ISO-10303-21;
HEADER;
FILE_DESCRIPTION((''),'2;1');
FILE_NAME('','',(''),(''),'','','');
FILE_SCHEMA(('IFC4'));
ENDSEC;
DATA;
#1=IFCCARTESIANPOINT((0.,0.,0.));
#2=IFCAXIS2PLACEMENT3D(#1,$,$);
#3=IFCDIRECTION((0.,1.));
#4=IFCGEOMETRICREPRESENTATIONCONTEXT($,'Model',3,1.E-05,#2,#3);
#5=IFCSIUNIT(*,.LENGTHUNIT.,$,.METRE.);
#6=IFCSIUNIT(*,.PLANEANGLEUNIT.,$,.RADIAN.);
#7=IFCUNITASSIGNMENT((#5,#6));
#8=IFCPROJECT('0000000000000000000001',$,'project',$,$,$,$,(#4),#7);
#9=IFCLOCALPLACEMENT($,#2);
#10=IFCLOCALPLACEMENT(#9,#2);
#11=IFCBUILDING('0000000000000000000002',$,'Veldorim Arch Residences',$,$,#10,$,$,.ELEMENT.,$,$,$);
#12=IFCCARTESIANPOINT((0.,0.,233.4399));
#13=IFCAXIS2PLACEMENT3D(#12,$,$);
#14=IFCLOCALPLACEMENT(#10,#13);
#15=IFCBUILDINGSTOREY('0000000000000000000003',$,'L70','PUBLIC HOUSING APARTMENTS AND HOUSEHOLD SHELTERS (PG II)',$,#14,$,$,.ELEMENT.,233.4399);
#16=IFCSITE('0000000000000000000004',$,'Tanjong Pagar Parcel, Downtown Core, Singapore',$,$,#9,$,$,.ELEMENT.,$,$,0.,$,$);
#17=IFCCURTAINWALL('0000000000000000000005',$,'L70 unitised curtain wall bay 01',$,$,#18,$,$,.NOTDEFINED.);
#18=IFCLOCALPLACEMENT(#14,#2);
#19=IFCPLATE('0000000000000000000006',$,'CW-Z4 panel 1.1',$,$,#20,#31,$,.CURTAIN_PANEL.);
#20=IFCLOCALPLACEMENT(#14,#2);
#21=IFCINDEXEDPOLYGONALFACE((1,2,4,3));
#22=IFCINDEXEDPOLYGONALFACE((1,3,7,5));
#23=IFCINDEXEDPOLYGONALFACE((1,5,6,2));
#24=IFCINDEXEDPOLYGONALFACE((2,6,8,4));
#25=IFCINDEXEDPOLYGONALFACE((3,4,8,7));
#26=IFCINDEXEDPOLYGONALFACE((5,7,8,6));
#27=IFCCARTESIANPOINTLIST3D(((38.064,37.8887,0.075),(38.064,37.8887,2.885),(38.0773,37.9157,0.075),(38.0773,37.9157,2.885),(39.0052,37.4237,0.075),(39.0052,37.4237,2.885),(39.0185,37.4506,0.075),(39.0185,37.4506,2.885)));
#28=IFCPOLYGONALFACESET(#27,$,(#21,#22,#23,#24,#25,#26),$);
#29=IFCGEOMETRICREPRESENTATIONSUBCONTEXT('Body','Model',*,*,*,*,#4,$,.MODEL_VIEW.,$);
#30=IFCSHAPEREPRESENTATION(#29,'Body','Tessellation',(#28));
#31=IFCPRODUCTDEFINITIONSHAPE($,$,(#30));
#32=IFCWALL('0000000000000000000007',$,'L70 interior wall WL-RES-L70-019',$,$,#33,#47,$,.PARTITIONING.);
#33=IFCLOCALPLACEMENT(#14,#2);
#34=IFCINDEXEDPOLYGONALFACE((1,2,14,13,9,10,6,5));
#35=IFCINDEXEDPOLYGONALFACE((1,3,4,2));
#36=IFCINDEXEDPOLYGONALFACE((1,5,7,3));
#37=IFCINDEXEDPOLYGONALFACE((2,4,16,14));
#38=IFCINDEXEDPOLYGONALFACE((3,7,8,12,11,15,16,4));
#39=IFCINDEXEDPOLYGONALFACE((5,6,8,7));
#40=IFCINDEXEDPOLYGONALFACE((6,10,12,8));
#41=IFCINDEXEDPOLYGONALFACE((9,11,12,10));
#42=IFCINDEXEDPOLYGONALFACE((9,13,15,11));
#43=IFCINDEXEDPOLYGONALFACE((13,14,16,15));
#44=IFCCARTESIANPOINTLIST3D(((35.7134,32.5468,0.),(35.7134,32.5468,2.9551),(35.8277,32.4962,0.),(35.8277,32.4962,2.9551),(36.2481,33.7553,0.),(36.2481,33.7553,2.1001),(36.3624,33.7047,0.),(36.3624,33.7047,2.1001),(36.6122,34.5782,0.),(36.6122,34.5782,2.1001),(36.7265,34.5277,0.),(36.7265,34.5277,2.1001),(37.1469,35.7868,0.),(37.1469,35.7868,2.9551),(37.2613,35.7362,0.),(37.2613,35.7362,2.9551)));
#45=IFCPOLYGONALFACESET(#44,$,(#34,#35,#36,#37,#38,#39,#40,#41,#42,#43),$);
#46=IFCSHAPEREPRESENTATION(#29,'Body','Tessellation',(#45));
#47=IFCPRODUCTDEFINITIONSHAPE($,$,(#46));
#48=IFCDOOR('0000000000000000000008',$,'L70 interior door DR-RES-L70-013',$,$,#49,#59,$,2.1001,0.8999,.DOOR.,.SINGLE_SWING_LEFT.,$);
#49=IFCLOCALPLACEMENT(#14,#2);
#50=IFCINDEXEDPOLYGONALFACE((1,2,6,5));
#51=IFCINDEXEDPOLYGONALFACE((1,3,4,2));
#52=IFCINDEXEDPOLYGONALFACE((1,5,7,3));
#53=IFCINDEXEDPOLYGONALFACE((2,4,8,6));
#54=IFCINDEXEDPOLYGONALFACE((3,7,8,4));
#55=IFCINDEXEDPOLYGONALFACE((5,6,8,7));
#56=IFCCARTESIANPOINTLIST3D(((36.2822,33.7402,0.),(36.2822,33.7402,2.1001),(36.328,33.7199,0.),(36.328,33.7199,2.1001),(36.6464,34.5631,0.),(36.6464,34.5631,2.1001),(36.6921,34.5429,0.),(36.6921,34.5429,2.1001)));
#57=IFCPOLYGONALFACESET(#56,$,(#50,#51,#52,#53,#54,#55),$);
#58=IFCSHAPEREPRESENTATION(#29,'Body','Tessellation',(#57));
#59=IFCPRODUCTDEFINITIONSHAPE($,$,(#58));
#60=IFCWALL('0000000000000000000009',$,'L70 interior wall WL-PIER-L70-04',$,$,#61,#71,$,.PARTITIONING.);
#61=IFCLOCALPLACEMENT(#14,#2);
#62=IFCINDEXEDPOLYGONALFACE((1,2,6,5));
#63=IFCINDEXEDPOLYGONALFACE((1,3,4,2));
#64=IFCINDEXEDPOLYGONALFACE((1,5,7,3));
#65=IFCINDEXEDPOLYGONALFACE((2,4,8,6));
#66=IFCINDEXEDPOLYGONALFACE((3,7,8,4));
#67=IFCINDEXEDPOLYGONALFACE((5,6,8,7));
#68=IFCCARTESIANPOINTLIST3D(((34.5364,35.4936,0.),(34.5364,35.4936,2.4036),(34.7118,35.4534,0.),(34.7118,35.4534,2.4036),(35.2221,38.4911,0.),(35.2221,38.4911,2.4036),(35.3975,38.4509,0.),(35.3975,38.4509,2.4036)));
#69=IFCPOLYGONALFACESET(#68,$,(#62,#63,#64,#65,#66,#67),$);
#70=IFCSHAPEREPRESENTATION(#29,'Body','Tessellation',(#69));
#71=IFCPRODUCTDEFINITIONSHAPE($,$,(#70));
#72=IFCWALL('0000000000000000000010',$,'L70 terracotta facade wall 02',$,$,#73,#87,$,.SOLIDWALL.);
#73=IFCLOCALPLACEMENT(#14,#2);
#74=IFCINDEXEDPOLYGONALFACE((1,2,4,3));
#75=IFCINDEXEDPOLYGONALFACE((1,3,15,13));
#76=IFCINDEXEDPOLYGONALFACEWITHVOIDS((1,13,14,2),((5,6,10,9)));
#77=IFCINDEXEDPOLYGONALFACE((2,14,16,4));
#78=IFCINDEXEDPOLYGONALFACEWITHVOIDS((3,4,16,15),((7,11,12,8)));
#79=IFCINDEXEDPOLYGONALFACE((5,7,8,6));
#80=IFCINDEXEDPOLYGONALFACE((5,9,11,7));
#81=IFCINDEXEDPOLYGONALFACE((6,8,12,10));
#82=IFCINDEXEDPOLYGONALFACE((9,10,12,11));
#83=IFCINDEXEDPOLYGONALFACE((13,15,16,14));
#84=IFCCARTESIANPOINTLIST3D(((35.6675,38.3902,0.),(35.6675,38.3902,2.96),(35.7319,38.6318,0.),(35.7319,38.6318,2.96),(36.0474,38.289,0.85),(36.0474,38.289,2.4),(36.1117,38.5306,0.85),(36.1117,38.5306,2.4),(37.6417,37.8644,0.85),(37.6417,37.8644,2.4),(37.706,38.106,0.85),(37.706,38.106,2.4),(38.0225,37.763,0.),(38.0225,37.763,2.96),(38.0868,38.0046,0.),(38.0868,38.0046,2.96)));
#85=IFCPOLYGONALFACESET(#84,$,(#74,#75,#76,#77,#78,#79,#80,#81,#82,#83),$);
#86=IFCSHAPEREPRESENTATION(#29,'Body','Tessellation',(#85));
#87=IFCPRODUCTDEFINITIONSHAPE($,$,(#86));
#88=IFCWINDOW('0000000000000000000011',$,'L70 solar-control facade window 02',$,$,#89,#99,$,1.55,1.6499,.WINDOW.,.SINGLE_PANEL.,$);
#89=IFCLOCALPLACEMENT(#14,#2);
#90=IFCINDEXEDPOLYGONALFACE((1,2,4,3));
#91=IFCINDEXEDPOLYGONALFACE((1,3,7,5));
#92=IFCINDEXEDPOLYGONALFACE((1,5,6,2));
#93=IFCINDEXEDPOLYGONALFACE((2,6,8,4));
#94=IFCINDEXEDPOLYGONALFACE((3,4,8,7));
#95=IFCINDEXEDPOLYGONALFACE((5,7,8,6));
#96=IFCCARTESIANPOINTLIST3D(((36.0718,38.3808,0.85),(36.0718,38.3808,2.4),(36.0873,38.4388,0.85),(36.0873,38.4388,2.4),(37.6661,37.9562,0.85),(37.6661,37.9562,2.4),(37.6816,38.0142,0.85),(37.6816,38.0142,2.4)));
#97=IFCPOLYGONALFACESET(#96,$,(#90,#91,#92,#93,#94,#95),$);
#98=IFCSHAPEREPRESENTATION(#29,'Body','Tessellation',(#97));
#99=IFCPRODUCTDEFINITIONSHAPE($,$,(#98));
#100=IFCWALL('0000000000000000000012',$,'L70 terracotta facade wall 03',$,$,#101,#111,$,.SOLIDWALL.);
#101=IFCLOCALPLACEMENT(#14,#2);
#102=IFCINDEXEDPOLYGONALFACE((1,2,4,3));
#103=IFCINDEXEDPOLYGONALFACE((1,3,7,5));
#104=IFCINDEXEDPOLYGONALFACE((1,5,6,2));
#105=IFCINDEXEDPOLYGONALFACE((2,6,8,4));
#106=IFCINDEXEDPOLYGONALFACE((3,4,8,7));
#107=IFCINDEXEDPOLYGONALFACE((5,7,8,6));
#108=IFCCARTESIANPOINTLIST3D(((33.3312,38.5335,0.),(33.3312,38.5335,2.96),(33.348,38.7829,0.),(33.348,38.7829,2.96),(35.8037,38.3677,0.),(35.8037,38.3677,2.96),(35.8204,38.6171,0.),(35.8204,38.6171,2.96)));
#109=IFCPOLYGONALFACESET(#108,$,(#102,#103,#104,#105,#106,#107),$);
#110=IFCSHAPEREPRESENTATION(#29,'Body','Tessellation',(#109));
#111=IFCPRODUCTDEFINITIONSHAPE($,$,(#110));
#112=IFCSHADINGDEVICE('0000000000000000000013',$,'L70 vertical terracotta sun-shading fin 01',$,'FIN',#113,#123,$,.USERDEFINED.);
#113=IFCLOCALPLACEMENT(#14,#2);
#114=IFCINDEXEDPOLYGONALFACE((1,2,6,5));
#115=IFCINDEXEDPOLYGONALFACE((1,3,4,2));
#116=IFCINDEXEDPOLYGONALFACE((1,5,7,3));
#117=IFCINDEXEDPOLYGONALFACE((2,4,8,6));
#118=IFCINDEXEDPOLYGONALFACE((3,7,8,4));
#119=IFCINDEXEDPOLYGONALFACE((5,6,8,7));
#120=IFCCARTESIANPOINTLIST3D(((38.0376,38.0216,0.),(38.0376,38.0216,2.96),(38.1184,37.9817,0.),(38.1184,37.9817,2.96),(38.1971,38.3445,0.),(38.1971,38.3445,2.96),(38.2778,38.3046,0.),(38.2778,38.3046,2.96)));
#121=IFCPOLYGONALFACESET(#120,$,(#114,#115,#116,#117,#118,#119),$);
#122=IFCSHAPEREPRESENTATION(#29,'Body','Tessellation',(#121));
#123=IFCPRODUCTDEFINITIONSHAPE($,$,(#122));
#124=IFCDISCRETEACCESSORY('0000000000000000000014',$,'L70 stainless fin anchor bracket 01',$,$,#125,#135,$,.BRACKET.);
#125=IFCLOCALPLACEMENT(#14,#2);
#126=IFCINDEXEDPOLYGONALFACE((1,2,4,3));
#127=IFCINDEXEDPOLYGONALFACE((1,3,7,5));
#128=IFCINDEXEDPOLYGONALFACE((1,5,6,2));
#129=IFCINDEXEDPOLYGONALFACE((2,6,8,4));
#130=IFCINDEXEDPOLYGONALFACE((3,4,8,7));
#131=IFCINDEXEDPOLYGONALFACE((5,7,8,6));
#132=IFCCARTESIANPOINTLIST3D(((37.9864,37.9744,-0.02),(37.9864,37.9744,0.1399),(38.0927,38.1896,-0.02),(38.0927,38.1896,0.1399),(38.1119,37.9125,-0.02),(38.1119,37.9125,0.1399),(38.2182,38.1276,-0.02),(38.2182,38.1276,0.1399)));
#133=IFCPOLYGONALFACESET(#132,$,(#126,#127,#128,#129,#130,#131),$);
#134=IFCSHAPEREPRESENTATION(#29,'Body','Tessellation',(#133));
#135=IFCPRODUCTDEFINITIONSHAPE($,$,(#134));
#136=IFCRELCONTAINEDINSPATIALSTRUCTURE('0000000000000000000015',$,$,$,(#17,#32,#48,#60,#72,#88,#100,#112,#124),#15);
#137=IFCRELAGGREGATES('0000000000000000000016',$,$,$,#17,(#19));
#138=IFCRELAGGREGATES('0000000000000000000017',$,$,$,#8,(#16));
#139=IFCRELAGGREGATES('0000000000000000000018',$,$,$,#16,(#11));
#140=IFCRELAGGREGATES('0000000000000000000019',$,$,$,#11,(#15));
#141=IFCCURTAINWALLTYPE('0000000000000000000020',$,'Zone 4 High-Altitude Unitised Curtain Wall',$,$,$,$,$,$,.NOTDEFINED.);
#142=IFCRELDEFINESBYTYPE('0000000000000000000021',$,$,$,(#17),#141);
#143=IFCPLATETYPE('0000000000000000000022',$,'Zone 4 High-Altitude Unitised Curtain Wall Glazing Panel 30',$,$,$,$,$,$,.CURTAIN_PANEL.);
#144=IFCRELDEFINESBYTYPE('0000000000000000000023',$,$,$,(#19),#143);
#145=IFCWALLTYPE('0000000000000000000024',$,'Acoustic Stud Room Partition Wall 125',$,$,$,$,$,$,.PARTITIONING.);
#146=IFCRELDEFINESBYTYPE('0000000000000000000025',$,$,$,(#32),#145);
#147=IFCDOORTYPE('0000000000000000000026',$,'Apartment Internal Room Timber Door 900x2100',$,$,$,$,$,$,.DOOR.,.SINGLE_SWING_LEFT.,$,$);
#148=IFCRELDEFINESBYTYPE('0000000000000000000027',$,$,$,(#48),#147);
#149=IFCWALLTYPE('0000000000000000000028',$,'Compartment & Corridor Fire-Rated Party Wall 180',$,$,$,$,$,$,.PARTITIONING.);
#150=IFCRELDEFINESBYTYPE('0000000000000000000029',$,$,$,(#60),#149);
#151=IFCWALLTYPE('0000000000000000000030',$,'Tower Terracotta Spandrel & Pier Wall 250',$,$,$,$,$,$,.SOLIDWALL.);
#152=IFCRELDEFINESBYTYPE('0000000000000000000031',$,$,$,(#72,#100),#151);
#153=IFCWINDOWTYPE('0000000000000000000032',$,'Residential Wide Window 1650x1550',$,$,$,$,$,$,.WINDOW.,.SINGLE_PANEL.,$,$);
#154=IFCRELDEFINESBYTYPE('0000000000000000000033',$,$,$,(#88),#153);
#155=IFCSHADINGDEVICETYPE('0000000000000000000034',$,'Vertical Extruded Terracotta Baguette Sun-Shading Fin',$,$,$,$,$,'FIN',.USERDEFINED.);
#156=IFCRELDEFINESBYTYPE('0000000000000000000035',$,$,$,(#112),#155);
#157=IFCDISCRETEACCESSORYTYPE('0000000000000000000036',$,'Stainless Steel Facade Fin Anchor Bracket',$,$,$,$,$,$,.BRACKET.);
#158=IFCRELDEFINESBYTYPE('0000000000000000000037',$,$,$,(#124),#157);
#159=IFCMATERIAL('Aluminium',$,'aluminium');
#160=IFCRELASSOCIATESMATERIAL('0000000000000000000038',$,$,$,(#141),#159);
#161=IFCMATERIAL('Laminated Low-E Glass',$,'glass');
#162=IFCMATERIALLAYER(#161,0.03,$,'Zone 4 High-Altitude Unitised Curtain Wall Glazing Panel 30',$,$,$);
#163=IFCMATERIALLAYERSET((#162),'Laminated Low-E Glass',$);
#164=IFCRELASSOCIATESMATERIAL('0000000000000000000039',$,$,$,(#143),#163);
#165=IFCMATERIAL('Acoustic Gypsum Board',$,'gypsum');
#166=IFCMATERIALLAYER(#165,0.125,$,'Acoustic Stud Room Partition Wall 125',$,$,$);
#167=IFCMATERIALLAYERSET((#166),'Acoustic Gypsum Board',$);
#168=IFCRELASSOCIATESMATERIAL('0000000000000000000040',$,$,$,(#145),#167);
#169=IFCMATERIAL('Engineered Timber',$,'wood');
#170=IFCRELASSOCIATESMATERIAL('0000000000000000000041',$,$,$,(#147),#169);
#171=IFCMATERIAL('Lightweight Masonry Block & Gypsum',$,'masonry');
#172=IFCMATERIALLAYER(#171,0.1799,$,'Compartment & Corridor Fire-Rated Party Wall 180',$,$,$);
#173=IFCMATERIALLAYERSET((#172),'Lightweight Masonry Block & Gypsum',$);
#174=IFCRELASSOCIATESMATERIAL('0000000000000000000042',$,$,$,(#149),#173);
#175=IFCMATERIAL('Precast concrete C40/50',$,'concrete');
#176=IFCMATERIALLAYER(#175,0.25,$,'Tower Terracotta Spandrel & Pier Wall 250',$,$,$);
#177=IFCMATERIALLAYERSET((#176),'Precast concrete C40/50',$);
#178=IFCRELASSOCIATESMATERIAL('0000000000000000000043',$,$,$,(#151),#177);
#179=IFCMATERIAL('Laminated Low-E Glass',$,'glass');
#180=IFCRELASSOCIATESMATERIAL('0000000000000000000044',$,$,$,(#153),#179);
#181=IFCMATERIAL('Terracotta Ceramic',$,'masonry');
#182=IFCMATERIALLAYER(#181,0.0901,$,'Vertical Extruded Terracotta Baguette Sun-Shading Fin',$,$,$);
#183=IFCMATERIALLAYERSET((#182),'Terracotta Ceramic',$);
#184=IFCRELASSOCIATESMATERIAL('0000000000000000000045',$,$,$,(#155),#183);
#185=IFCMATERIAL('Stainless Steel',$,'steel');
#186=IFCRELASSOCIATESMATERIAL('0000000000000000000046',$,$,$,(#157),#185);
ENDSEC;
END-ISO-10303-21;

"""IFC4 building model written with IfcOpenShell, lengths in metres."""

from ifc_helpers import new_model, si_unit, direction, frame, frame_2d, origin, origin_2d, place, context, subcontext, project, spatial, rectangle, extrude, material, layer, layer_set, type_object, element, fill, aggregate, save


model = new_model("IFC4")

# Units and contexts
model_context = context("Model", 3, precision=1e-05, world=origin(), true_north=direction((0.0, 1.0)))
body_context = subcontext(model_context, "Body", "Model", "MODEL_VIEW")
ifc_project = project(units=[si_unit("LENGTHUNIT", "METRE"), si_unit("PLANEANGLEUNIT", "RADIAN")], contexts=[model_context])

# Site, building, storey
site_placement = place(None, origin())
site = spatial("IfcSite", under=ifc_project, at=site_placement, Name="Tanjong Pagar Parcel, Downtown Core, Singapore", CompositionType="ELEMENT", RefElevation=0.0)
building_placement = place(site_placement, origin())
building = spatial("IfcBuilding", under=site, at=building_placement, Name="Veldorim Arch Residences", CompositionType="ELEMENT")
storey_placement = place(building_placement, frame((0.0, 0.0, 233.4399)))
storey = spatial("IfcBuildingStorey", under=building, at=storey_placement, Name="L70", Description="PUBLIC HOUSING APARTMENTS AND HOUSEHOLD SHELTERS (PG II)", CompositionType="ELEMENT", Elevation=233.4399)

# Curtain wall, plate
ifc_material_1 = material(Name="Aluminium", Category="aluminium")
curtain_wall_type = type_object("IfcCurtainWallType", Name="Zone 4 High-Altitude Unitised Curtain Wall", PredefinedType="NOTDEFINED", material=ifc_material_1)
curtain_wall_placement = place(storey_placement, origin())
curtain_wall = element("IfcCurtainWall", 1, at=curtain_wall_placement, inside=storey, type_object=curtain_wall_type, Name="L70 unitised curtain wall bay 01", PredefinedType="NOTDEFINED")
ifc_material_2 = material(Name="Laminated Low-E Glass", Category="glass")
ifc_layer_1 = layer(ifc_material_2, 0.03, Name="Zone 4 High-Altitude Unitised Curtain Wall Glazing Panel 30")
ifc_layer_set_1 = layer_set([ifc_layer_1], Name="Laminated Low-E Glass")
plate_type = type_object("IfcPlateType", Name="Zone 4 High-Altitude Unitised Curtain Wall Glazing Panel 30", PredefinedType="CURTAIN_PANEL", material=ifc_layer_set_1)
plate_placement = place(storey_placement, frame((38.5413, 37.6697, 0.075), z_axis=(0.0, 0.0, 1.0), x_axis=(0.896525, -0.442993, 0.0)))
plate = element("IfcPlate", 2, at=plate_placement, type_object=plate_type, Name="CW-Z4 panel 1.1", PredefinedType="CURTAIN_PANEL", context=body_context, shape_type="SweptSolid", body=[
    extrude(rectangle(XDim=1.0498, YDim=0.03, at=origin_2d()), origin(), (0.0, 0.0, 1.0), 2.8101),
])
aggregate(curtain_wall, [plate])

# Wall, opening, door
ifc_material_3 = material(Name="Acoustic Gypsum Board", Category="gypsum")
ifc_layer_2 = layer(ifc_material_3, 0.125, Name="Acoustic Stud Room Partition Wall 125")
ifc_layer_set_2 = layer_set([ifc_layer_2], Name="Acoustic Gypsum Board")
wall_type_1 = type_object("IfcWallType", Name="Acoustic Stud Room Partition Wall 125", PredefinedType="PARTITIONING", material=ifc_layer_set_2)
wall_1_placement = place(storey_placement, frame((37.2041, 35.7615, 0.0), z_axis=(0.0, 0.0, 1.0), x_axis=(-0.404629, -0.914481, 0.0)))
wall_1 = element("IfcWall", 3, at=wall_1_placement, inside=storey, type_object=wall_type_1, Name="L70 interior wall WL-RES-L70-019", PredefinedType="PARTITIONING", context=body_context, shape_type="SweptSolid", body=[
    extrude(rectangle(XDim=3.543, YDim=0.125, at=frame_2d((1.7715, 0.0))), origin(), (0.0, 0.0, 1.0), 2.9551),
])
opening_1_placement = place(wall_1_placement, frame((1.3215, 0.0, 0.0)))
opening_1 = element("IfcOpeningElement", 4, at=opening_1_placement, cuts=wall_1, PredefinedType="OPENING", context=body_context, shape_type="SweptSolid", body=[
    extrude(rectangle(XDim=0.8999, YDim=2.1001, at=frame_2d((0.45, 1.05))), frame((0.0, 0.0725, 0.0), z_axis=(0.0, -1.0, 0.0), x_axis=(1.0, 0.0, 0.0)), (0.0, 0.0, 1.0), 0.145),
])
ifc_material_4 = material(Name="Engineered Timber", Category="wood")
door_type = type_object("IfcDoorType", Name="Apartment Internal Room Timber Door 900x2100", OperationType="SINGLE_SWING_LEFT", PredefinedType="DOOR", material=ifc_material_4)
door_placement = place(opening_1_placement, origin())
door = element("IfcDoor", 5, at=door_placement, inside=storey, type_object=door_type, Name="L70 interior door DR-RES-L70-013", OperationType="SINGLE_SWING_LEFT", OverallHeight=2.1001, OverallWidth=0.8999, PredefinedType="DOOR", context=body_context, shape_type="SweptSolid", body=[
    extrude(rectangle(XDim=0.8999, YDim=2.1001, at=frame_2d((0.45, 1.05))), frame((0.0, 0.0249, 0.0), z_axis=(0.0, -1.0, 0.0), x_axis=(1.0, 0.0, 0.0)), (0.0, 0.0, 1.0), 0.05),
])
fill(opening_1, door)

# Wall
ifc_material_5 = material(Name="Lightweight Masonry Block & Gypsum", Category="masonry")
ifc_layer_3 = layer(ifc_material_5, 0.1799, Name="Compartment & Corridor Fire-Rated Party Wall 180")
ifc_layer_set_3 = layer_set([ifc_layer_3], Name="Lightweight Masonry Block & Gypsum")
wall_type_2 = type_object("IfcWallType", Name="Compartment & Corridor Fire-Rated Party Wall 180", PredefinedType="PARTITIONING", material=ifc_layer_set_3)
wall_2_placement = place(storey_placement, frame((34.624, 35.4734, 0.0), z_axis=(0.0, 0.0, 1.0), x_axis=(0.223021, 0.974814, 0.0)))
element("IfcWall", 6, at=wall_2_placement, inside=storey, type_object=wall_type_2, Name="L70 interior wall WL-PIER-L70-04", PredefinedType="PARTITIONING", context=body_context, shape_type="SweptSolid", body=[
    extrude(rectangle(XDim=3.075, YDim=0.1799, at=frame_2d((1.5376, 0.0))), origin(), (0.0, 0.0, 1.0), 2.4036),
])

# Wall, opening, window
ifc_material_6 = material(Name="Precast concrete C40/50", Category="concrete")
ifc_layer_4 = layer(ifc_material_6, 0.25, Name="Tower Terracotta Spandrel & Pier Wall 250")
ifc_layer_set_4 = layer_set([ifc_layer_4], Name="Precast concrete C40/50")
wall_type_3 = type_object("IfcWallType", Name="Tower Terracotta Spandrel & Pier Wall 250", PredefinedType="SOLIDWALL", material=ifc_layer_set_4)
wall_3_placement = place(storey_placement, frame((35.6997, 38.511, 0.0), z_axis=(0.0, 0.0, 1.0), x_axis=(0.966316, -0.257357, 0.0)))
wall_3 = element("IfcWall", 7, at=wall_3_placement, inside=storey, type_object=wall_type_3, Name="L70 terracotta facade wall 02", PredefinedType="SOLIDWALL", context=body_context, shape_type="SweptSolid", body=[
    extrude(rectangle(XDim=2.437, YDim=0.25, at=frame_2d((1.2185, 0.0))), origin(), (0.0, 0.0, 1.0), 2.96),
])
opening_2_placement = place(wall_3_placement, frame((0.3931, 0.0, 0.8501)))
opening_2 = element("IfcOpeningElement", 8, at=opening_2_placement, cuts=wall_3, PredefinedType="OPENING", context=body_context, shape_type="SweptSolid", body=[
    extrude(rectangle(XDim=1.6499, YDim=1.55, at=frame_2d((0.825, 0.7749))), frame((0.0, 0.135, 0.0), z_axis=(0.0, -1.0, 0.0), x_axis=(1.0, 0.0, 0.0)), (0.0, 0.0, 1.0), 0.27),
])
ifc_material_7 = material(Name="Laminated Low-E Glass", Category="glass")
window_type = type_object("IfcWindowType", Name="Residential Wide Window 1650x1550", PartitioningType="SINGLE_PANEL", PredefinedType="WINDOW", material=ifc_material_7)
window_placement = place(opening_2_placement, origin())
window = element("IfcWindow", 9, at=window_placement, inside=storey, type_object=window_type, Name="L70 solar-control facade window 02", OverallHeight=1.55, OverallWidth=1.6499, PartitioningType="SINGLE_PANEL", PredefinedType="WINDOW", context=body_context, shape_type="SweptSolid", body=[
    extrude(rectangle(XDim=1.6499, YDim=1.55, at=frame_2d((0.825, 0.7749))), frame((0.0, 0.03, 0.0), z_axis=(0.0, -1.0, 0.0), x_axis=(1.0, 0.0, 0.0)), (0.0, 0.0, 1.0), 0.0601),
])
fill(opening_2, window)

# Wall
wall_4_placement = place(storey_placement, frame((33.3396, 38.6582, 0.0), z_axis=(0.0, 0.0, 1.0), x_axis=(0.99776, -0.066898, 0.0)))
element("IfcWall", 10, at=wall_4_placement, inside=storey, type_object=wall_type_3, Name="L70 terracotta facade wall 03", PredefinedType="SOLIDWALL", context=body_context, shape_type="SweptSolid", body=[
    extrude(rectangle(XDim=2.478, YDim=0.25, at=frame_2d((1.239, 0.0))), origin(), (0.0, 0.0, 1.0), 2.96),
])

# Shading device
ifc_material_8 = material(Name="Terracotta Ceramic", Category="masonry")
ifc_layer_5 = layer(ifc_material_8, 0.0901, Name="Vertical Extruded Terracotta Baguette Sun-Shading Fin")
ifc_layer_set_5 = layer_set([ifc_layer_5], Name="Terracotta Ceramic")
shading_device_type = type_object("IfcShadingDeviceType", Name="Vertical Extruded Terracotta Baguette Sun-Shading Fin", ElementType="FIN", PredefinedType="USERDEFINED", material=ifc_layer_set_5)
shading_device_placement = place(storey_placement, frame((38.1577, 38.1631, 0.0), z_axis=(0.0, 0.0, 1.0), x_axis=(0.896564, -0.442915, 0.0)))
element("IfcShadingDevice", 11, at=shading_device_placement, inside=storey, type_object=shading_device_type, Name="L70 vertical terracotta sun-shading fin 01", ObjectType="FIN", PredefinedType="USERDEFINED", context=body_context, shape_type="SweptSolid", body=[
    extrude(rectangle(XDim=0.0901, YDim=0.3601, at=origin_2d()), origin(), (0.0, 0.0, 1.0), 2.96),
])

# Discrete accessory
ifc_material_9 = material(Name="Stainless Steel", Category="steel")
discrete_accessory_type = type_object("IfcDiscreteAccessoryType", Name="Stainless Steel Facade Fin Anchor Bracket", PredefinedType="BRACKET", material=ifc_material_9)
discrete_accessory_placement = place(storey_placement, frame((38.1023, 38.051, -0.02), z_axis=(0.0, 0.0, 1.0), x_axis=(0.896564, -0.442915, 0.0)))
element("IfcDiscreteAccessory", 12, at=discrete_accessory_placement, inside=storey, type_object=discrete_accessory_type, Name="L70 stainless fin anchor bracket 01", PredefinedType="BRACKET", context=body_context, shape_type="SweptSolid", body=[
    extrude(rectangle(XDim=0.1399, YDim=0.24, at=origin_2d()), origin(), (0.0, 0.0, 1.0), 0.1599),
])

save(model, "model.ifc")
